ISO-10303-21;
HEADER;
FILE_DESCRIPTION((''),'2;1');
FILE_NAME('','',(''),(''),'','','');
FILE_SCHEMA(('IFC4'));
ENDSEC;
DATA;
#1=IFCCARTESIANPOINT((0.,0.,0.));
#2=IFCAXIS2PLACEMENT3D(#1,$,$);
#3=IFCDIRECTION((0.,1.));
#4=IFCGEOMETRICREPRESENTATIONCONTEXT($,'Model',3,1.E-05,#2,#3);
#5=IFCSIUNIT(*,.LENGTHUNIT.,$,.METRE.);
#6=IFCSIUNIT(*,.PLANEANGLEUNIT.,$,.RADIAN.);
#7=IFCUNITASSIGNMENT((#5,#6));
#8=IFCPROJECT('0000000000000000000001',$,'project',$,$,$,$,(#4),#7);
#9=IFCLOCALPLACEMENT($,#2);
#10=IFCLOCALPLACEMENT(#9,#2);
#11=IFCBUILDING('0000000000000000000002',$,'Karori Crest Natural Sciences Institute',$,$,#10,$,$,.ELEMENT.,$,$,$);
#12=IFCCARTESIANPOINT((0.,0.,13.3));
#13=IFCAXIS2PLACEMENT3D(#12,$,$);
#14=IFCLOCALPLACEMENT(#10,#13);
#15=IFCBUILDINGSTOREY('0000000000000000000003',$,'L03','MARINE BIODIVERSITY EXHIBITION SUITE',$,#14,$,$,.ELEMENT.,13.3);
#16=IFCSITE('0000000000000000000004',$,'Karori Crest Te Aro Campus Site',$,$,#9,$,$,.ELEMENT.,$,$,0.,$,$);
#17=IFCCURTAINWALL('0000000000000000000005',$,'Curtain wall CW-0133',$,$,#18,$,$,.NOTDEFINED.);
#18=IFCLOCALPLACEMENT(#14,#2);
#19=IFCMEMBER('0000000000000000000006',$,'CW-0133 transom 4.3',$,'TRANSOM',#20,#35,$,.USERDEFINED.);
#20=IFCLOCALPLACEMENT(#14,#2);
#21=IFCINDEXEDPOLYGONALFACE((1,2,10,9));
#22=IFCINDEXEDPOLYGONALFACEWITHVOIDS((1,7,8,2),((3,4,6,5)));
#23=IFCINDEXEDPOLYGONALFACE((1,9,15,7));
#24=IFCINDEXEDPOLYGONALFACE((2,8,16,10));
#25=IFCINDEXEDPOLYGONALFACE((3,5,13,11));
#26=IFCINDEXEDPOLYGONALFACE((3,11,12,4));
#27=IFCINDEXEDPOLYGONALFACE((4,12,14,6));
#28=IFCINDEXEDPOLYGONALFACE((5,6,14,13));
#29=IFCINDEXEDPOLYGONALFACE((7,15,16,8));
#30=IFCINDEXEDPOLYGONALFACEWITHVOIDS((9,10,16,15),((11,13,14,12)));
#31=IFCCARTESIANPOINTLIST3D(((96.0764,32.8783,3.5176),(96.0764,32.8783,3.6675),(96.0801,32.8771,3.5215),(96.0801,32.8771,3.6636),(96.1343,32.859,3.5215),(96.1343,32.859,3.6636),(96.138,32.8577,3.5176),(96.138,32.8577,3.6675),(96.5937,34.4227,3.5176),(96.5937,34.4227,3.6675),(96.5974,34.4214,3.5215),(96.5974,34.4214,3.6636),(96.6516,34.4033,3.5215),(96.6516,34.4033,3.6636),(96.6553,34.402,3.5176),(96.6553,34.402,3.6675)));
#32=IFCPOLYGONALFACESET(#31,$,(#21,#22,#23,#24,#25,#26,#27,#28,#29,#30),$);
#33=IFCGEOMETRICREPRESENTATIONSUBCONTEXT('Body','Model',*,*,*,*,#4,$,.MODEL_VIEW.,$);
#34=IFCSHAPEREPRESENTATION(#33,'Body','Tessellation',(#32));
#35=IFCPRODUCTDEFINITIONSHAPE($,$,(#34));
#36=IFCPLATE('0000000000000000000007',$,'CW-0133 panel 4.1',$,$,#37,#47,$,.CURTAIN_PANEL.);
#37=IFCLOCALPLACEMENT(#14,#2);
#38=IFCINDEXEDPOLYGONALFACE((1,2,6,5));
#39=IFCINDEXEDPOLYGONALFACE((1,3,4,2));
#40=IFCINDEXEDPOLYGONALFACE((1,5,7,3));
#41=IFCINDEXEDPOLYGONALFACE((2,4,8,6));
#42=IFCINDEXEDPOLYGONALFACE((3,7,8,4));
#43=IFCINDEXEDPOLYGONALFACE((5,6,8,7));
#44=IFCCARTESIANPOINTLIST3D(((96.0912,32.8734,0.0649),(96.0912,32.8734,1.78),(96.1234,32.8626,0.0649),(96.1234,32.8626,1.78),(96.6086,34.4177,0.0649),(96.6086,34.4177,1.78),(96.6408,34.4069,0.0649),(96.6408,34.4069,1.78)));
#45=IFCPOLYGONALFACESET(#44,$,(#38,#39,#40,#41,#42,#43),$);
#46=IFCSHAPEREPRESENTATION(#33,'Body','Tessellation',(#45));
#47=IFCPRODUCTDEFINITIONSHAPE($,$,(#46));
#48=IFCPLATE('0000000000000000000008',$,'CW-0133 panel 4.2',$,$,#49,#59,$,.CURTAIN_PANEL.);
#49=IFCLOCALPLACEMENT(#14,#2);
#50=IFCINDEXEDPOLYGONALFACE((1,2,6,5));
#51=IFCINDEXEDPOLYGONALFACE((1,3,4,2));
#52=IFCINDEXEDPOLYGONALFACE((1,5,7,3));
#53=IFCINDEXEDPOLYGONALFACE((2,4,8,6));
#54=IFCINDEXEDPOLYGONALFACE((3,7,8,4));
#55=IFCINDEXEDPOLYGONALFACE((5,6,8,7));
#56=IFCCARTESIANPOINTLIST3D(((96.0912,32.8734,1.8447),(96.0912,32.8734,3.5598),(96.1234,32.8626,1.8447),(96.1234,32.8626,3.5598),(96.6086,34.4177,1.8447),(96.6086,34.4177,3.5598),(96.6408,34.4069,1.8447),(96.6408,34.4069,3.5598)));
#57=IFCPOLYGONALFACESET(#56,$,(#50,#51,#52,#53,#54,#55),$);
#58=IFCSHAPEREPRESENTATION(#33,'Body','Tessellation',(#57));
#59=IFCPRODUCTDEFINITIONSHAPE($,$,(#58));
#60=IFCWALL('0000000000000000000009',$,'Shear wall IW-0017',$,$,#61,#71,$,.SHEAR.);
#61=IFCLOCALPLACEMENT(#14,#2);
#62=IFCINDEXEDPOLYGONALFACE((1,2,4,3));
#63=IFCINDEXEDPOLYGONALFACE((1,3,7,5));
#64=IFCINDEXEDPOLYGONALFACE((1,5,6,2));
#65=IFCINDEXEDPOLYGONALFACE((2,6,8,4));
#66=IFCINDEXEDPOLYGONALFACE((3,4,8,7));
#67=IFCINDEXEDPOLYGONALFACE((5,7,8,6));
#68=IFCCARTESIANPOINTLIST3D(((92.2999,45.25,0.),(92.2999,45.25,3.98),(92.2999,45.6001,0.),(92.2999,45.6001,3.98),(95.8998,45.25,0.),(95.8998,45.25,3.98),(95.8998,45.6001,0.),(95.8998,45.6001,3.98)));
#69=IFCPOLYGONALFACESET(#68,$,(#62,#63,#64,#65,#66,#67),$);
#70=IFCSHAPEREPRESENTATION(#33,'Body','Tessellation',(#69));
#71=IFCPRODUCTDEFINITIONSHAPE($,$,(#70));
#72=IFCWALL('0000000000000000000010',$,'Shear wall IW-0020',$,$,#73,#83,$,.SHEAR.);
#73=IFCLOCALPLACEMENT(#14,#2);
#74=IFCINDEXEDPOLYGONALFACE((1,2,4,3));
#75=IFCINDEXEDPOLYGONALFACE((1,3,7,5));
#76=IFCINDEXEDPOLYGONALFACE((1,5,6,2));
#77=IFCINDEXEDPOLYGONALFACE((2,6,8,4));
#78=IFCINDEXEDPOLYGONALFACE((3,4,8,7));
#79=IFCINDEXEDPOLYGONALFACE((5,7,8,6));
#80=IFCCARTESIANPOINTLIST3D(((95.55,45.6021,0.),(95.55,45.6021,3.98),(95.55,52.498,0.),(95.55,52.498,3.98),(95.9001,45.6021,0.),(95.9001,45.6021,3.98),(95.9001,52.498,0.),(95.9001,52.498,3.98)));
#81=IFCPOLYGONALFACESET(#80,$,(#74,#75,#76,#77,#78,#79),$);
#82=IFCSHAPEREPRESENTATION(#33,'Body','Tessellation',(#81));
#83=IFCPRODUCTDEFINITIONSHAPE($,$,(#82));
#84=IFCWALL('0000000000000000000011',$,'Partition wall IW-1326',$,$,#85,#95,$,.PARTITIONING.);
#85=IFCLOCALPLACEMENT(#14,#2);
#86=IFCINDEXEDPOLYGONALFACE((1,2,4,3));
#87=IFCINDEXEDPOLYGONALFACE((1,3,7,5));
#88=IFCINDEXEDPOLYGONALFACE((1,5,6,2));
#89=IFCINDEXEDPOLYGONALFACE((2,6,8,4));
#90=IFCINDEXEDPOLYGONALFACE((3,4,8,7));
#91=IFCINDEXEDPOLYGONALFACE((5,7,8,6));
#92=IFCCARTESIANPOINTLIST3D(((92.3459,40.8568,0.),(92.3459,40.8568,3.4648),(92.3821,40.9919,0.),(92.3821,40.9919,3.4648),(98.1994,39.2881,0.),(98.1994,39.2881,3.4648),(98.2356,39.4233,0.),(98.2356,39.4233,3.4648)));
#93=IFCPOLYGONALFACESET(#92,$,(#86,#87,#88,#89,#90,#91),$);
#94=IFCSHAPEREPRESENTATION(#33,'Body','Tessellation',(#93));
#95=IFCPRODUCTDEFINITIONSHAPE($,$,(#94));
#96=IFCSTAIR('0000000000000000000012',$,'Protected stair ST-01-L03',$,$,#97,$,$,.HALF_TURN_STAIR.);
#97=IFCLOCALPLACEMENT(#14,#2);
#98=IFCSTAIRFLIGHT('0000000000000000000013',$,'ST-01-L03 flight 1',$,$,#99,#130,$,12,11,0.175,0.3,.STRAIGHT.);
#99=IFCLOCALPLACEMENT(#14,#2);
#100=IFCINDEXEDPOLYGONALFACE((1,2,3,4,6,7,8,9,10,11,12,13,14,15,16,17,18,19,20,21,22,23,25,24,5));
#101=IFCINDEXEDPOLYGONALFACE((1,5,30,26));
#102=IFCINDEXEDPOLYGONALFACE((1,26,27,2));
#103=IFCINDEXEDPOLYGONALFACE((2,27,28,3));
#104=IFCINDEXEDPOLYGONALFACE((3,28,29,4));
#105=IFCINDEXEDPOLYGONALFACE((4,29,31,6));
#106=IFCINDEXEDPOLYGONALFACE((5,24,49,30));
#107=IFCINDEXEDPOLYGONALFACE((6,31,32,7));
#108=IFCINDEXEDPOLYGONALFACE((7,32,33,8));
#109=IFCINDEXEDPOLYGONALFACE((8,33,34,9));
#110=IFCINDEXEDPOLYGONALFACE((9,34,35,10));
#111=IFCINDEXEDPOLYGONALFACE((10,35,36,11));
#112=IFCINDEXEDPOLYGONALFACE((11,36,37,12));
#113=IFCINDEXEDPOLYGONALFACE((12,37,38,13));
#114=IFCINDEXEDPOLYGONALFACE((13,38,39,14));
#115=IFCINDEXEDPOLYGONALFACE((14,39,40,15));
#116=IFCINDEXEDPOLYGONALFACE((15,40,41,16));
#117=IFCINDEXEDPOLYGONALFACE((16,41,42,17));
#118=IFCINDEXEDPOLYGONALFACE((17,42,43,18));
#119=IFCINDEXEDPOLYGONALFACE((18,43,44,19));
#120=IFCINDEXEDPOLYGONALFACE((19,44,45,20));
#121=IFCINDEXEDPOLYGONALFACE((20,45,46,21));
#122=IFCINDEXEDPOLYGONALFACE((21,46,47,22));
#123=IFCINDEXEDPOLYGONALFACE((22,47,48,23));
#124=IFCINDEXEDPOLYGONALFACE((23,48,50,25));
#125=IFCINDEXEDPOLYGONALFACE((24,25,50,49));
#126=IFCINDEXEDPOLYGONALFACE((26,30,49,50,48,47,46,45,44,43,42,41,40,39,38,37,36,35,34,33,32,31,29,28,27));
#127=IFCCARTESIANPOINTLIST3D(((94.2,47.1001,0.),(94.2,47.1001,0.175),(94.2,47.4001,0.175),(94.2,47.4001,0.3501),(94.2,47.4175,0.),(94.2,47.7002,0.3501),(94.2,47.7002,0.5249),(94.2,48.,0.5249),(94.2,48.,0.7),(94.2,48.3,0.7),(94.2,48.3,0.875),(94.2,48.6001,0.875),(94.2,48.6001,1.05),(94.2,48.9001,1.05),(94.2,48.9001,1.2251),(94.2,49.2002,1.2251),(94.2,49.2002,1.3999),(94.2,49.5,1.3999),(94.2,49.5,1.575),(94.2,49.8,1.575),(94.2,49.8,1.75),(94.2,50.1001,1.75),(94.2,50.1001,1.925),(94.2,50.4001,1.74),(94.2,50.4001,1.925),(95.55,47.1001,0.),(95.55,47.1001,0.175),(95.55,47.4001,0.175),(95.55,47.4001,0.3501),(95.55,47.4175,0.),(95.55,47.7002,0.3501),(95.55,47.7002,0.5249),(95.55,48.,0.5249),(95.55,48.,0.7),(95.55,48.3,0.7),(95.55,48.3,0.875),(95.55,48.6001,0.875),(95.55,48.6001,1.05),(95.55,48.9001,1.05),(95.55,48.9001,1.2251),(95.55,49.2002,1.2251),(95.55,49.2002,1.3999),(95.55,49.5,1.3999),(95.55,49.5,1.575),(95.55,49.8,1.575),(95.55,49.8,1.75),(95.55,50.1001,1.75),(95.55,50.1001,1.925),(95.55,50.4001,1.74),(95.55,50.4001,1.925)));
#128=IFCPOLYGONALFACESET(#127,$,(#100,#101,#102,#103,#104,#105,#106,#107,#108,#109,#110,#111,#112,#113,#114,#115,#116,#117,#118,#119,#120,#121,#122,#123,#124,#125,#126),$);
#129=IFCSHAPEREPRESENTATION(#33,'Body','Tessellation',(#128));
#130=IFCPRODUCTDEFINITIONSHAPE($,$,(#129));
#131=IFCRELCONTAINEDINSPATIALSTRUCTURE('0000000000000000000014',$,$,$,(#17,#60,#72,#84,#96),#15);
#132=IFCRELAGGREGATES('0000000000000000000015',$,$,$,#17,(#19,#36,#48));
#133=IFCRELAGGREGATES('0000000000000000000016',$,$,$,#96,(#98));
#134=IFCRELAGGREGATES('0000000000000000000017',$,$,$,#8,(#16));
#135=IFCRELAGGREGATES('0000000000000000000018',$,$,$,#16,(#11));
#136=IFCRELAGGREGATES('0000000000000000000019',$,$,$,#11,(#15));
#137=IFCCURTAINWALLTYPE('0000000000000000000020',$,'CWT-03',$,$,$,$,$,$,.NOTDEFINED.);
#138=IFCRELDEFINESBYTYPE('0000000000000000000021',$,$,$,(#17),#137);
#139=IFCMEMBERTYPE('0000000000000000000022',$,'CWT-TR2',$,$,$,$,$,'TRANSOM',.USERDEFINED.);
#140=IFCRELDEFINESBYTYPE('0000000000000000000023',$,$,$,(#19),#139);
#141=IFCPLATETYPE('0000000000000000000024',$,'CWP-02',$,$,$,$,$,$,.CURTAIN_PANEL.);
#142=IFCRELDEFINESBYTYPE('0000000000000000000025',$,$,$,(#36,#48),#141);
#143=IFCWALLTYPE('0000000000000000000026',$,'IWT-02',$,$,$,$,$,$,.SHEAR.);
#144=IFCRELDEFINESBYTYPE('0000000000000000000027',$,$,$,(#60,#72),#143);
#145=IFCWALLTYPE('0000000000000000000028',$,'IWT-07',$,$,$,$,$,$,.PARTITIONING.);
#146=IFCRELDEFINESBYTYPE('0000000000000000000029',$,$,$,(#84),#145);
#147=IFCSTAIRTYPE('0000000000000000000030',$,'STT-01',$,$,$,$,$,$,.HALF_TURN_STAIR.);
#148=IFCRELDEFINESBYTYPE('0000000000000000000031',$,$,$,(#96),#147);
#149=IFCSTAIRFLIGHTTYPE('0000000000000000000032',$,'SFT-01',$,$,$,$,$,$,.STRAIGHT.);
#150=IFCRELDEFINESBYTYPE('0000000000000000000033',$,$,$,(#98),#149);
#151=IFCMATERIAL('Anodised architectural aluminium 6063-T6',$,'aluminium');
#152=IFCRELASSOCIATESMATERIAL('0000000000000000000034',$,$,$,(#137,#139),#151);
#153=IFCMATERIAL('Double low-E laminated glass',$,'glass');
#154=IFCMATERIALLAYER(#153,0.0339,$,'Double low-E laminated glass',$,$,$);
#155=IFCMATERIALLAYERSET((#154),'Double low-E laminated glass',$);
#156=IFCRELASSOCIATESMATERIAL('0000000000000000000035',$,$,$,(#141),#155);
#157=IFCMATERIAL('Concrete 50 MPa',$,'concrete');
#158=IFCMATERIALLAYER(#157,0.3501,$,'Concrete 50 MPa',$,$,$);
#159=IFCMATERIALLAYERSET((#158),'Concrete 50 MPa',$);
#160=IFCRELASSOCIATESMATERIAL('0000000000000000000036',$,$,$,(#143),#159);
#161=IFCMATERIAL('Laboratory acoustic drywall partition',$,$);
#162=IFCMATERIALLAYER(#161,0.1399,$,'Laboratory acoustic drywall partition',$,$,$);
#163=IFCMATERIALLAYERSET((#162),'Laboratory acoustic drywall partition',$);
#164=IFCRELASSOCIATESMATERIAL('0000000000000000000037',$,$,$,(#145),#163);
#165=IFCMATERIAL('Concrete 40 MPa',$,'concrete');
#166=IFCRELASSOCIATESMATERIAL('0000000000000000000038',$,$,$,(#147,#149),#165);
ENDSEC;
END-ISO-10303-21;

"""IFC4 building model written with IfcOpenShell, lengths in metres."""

from ifc_helpers import new_model, si_unit, direction, frame, frame_2d, origin, origin_2d, place, context, subcontext, project, spatial, polyline, rectangle, hollow_rectangle, outline, extrude, material, layer, layer_set, material_profile, profile_set, type_object, element, aggregate, save


model = new_model("IFC4")

# Units and contexts
model_context = context("Model", 3, precision=1e-05, world=origin(), true_north=direction((0.0, 1.0)))
body_context = subcontext(model_context, "Body", "Model", "MODEL_VIEW")
ifc_project = project(units=[si_unit("LENGTHUNIT", "METRE"), si_unit("PLANEANGLEUNIT", "RADIAN")], contexts=[model_context])

# Site, building, storey
site_placement = place(None, origin())
site = spatial("IfcSite", under=ifc_project, at=site_placement, Name="Karori Crest Te Aro Campus Site", CompositionType="ELEMENT", RefElevation=0.0)
building_placement = place(site_placement, origin())
building = spatial("IfcBuilding", under=site, at=building_placement, Name="Karori Crest Natural Sciences Institute", CompositionType="ELEMENT")
storey_placement = place(building_placement, frame((0.0, 0.0, 13.3)))
storey = spatial("IfcBuildingStorey", under=building, at=storey_placement, Name="L03", Description="MARINE BIODIVERSITY EXHIBITION SUITE", CompositionType="ELEMENT", Elevation=13.3)

# Shared definitions
ifc_material_1 = material(Name="Anodised architectural aluminium 6063-T6", Category="aluminium")

# Curtain wall, member, plates
curtain_wall_type_1 = type_object("IfcCurtainWallType", Name="CWT-03", PredefinedType="NOTDEFINED", material=ifc_material_1)
curtain_wall_1_placement = place(storey_placement, origin())
curtain_wall_1 = element("IfcCurtainWall", 1, at=curtain_wall_1_placement, inside=storey, type_object=curtain_wall_type_1, Name="Curtain wall CW-0133", PredefinedType="NOTDEFINED")
ifc_material_profile_1 = material_profile(ifc_material_1, hollow_rectangle(XDim=0.0649, YDim=0.1499, WallThickness=0.0039, at=origin_2d()), Name="CWT150x65x4")
ifc_profile_set_1 = profile_set([ifc_material_profile_1], Name="Anodised architectural aluminium 6063-T6")
member_type_1 = type_object("IfcMemberType", Name="CWT-TR2", ElementType="TRANSOM", PredefinedType="USERDEFINED", material=ifc_profile_set_1)
member_1_placement = place(storey_placement, frame((96.6245, 34.4124, 3.5925), z_axis=(-0.317621, -0.948218, 0.0), x_axis=(0.948218, -0.317621, 0.0)))
member_1 = element("IfcMember", 2, at=member_1_placement, type_object=member_type_1, Name="CW-0133 transom 4.3", ObjectType="TRANSOM", PredefinedType="USERDEFINED", context=body_context, shape_type="SweptSolid", body=[
    extrude(hollow_rectangle(XDim=0.0649, YDim=0.1499, WallThickness=0.0039, at=origin_2d()), origin(), (0.0, 0.0, 1.0), 1.6287),
])
ifc_material_2 = material(Name="Double low-E laminated glass", Category="glass")
ifc_layer_1 = layer(ifc_material_2, 0.0339, Name="Double low-E laminated glass")
ifc_layer_set_1 = layer_set([ifc_layer_1], Name="Double low-E laminated glass")
plate_type = type_object("IfcPlateType", Name="CWP-02", PredefinedType="CURTAIN_PANEL", material=ifc_layer_set_1)
plate_1_placement = place(storey_placement, frame((96.366, 33.6401, 0.0649), z_axis=(0.0, 0.0, 1.0), x_axis=(-0.31768, -0.948198, 0.0)))
plate_1 = element("IfcPlate", 3, at=plate_1_placement, type_object=plate_type, Name="CW-0133 panel 4.1", PredefinedType="CURTAIN_PANEL", context=body_context, shape_type="SweptSolid", body=[
    extrude(rectangle(XDim=1.6287, YDim=0.0339, at=origin_2d()), origin(), (0.0, 0.0, 1.0), 1.7151),
])
plate_2_placement = place(storey_placement, frame((96.366, 33.6401, 1.8447), z_axis=(0.0, 0.0, 1.0), x_axis=(-0.31768, -0.948198, 0.0)))
plate_2 = element("IfcPlate", 4, at=plate_2_placement, type_object=plate_type, Name="CW-0133 panel 4.2", PredefinedType="CURTAIN_PANEL", context=body_context, shape_type="SweptSolid", body=[
    extrude(rectangle(XDim=1.6287, YDim=0.0339, at=origin_2d()), origin(), (0.0, 0.0, 1.0), 1.7151),
])
aggregate(curtain_wall_1, [member_1, plate_1, plate_2])

# Wall
ifc_material_3 = material(Name="Concrete 50 MPa", Category="concrete")
ifc_layer_2 = layer(ifc_material_3, 0.3501, Name="Concrete 50 MPa")
ifc_layer_set_2 = layer_set([ifc_layer_2], Name="Concrete 50 MPa")
wall_type_1 = type_object("IfcWallType", Name="IWT-02", PredefinedType="SHEAR", material=ifc_layer_set_2)
wall_1_placement = place(storey_placement, frame((92.3, 45.425, 0.0), z_axis=(0.0, 0.0, 1.0), x_axis=(1.0, 0.0, 0.0)))
element("IfcWall", 5, at=wall_1_placement, inside=storey, type_object=wall_type_1, Name="Shear wall IW-0017", PredefinedType="SHEAR", context=body_context, shape_type="SweptSolid", body=[
    extrude(rectangle(XDim=3.5999, YDim=0.3501, at=frame_2d((1.7998, 0.0))), origin(), (0.0, 0.0, 1.0), 3.98),
])

# Walls
wall_2_placement = place(storey_placement, frame((95.7251, 45.6021, 0.0), z_axis=(0.0, 0.0, 1.0), x_axis=(0.0, 1.0, 0.0)))
element("IfcWall", 6, at=wall_2_placement, inside=storey, type_object=wall_type_1, Name="Shear wall IW-0020", PredefinedType="SHEAR", context=body_context, shape_type="SweptSolid", body=[
    extrude(rectangle(XDim=6.896, YDim=0.3501, at=frame_2d((3.448, 0.0))), origin(), (0.0, 0.0, 1.0), 3.98),
])
ifc_material_4 = material(Name="Laboratory acoustic drywall partition")
ifc_layer_3 = layer(ifc_material_4, 0.1399, Name="Laboratory acoustic drywall partition")
ifc_layer_set_3 = layer_set([ifc_layer_3], Name="Laboratory acoustic drywall partition")
wall_type_2 = type_object("IfcWallType", Name="IWT-07", PredefinedType="PARTITIONING", material=ifc_layer_set_3)
wall_3_placement = place(storey_placement, frame((92.364, 40.9243, 0.0), z_axis=(0.0, 0.0, 1.0), x_axis=(0.965919, -0.258843, 0.0)))
element("IfcWall", 7, at=wall_3_placement, inside=storey, type_object=wall_type_2, Name="Partition wall IW-1326", PredefinedType="PARTITIONING", context=body_context, shape_type="SweptSolid", body=[
    extrude(rectangle(XDim=6.0601, YDim=0.1399, at=frame_2d((3.03, 0.0))), origin(), (0.0, 0.0, 1.0), 3.4648),
])

# Stair, stair flight
ifc_material_5 = material(Name="Concrete 40 MPa", Category="concrete")
stair_type = type_object("IfcStairType", Name="STT-01", PredefinedType="HALF_TURN_STAIR", material=ifc_material_5)
stair_placement = place(storey_placement, origin())
stair = element("IfcStair", 8, at=stair_placement, inside=storey, type_object=stair_type, Name="Protected stair ST-01-L03", PredefinedType="HALF_TURN_STAIR")
stair_flight_type = type_object("IfcStairFlightType", Name="SFT-01", PredefinedType="STRAIGHT", material=ifc_material_5)
stair_flight_placement = place(storey_placement, frame((94.875, 47.1001, 0.0), z_axis=(0.0, 0.0, 1.0), x_axis=(0.0, 1.0, 0.0)))
stair_flight = element("IfcStairFlight", 9, at=stair_flight_placement, type_object=stair_flight_type, Name="ST-01-L03 flight 1", NumberOfRisers=12, NumberOfTreads=11, PredefinedType="STRAIGHT", RiserHeight=0.175, TreadLength=0.3, context=body_context, shape_type="SweptSolid", body=[
    extrude(outline(polyline([(0.0, 0.0), (0.0, 0.175), (0.3, 0.175), (0.3, 0.3501), (0.6001, 0.3501), (0.6001, 0.5249), (0.8999, 0.5249), (0.8999, 0.7), (1.2, 0.7), (1.2, 0.875), (1.5, 0.875), (1.5, 1.05), (1.8, 1.05), (1.8, 1.2251), (2.1001, 1.2251), (2.1001, 1.3999), (2.3999, 1.3999), (2.3999, 1.575), (2.7, 1.575), (2.7, 1.75), (3.0, 1.75), (3.0, 1.925), (3.3, 1.925), (3.3, 2.1001), (3.3, 1.74), (0.3174, 0.0), (0.0, 0.0)])), frame((0.0, 0.675, 0.0), z_axis=(0.0, -1.0, 0.0), x_axis=(1.0, 0.0, 0.0)), (0.0, 0.0, 1.0), 1.3501),
])
aggregate(stair, [stair_flight])

save(model, "model.ifc")
